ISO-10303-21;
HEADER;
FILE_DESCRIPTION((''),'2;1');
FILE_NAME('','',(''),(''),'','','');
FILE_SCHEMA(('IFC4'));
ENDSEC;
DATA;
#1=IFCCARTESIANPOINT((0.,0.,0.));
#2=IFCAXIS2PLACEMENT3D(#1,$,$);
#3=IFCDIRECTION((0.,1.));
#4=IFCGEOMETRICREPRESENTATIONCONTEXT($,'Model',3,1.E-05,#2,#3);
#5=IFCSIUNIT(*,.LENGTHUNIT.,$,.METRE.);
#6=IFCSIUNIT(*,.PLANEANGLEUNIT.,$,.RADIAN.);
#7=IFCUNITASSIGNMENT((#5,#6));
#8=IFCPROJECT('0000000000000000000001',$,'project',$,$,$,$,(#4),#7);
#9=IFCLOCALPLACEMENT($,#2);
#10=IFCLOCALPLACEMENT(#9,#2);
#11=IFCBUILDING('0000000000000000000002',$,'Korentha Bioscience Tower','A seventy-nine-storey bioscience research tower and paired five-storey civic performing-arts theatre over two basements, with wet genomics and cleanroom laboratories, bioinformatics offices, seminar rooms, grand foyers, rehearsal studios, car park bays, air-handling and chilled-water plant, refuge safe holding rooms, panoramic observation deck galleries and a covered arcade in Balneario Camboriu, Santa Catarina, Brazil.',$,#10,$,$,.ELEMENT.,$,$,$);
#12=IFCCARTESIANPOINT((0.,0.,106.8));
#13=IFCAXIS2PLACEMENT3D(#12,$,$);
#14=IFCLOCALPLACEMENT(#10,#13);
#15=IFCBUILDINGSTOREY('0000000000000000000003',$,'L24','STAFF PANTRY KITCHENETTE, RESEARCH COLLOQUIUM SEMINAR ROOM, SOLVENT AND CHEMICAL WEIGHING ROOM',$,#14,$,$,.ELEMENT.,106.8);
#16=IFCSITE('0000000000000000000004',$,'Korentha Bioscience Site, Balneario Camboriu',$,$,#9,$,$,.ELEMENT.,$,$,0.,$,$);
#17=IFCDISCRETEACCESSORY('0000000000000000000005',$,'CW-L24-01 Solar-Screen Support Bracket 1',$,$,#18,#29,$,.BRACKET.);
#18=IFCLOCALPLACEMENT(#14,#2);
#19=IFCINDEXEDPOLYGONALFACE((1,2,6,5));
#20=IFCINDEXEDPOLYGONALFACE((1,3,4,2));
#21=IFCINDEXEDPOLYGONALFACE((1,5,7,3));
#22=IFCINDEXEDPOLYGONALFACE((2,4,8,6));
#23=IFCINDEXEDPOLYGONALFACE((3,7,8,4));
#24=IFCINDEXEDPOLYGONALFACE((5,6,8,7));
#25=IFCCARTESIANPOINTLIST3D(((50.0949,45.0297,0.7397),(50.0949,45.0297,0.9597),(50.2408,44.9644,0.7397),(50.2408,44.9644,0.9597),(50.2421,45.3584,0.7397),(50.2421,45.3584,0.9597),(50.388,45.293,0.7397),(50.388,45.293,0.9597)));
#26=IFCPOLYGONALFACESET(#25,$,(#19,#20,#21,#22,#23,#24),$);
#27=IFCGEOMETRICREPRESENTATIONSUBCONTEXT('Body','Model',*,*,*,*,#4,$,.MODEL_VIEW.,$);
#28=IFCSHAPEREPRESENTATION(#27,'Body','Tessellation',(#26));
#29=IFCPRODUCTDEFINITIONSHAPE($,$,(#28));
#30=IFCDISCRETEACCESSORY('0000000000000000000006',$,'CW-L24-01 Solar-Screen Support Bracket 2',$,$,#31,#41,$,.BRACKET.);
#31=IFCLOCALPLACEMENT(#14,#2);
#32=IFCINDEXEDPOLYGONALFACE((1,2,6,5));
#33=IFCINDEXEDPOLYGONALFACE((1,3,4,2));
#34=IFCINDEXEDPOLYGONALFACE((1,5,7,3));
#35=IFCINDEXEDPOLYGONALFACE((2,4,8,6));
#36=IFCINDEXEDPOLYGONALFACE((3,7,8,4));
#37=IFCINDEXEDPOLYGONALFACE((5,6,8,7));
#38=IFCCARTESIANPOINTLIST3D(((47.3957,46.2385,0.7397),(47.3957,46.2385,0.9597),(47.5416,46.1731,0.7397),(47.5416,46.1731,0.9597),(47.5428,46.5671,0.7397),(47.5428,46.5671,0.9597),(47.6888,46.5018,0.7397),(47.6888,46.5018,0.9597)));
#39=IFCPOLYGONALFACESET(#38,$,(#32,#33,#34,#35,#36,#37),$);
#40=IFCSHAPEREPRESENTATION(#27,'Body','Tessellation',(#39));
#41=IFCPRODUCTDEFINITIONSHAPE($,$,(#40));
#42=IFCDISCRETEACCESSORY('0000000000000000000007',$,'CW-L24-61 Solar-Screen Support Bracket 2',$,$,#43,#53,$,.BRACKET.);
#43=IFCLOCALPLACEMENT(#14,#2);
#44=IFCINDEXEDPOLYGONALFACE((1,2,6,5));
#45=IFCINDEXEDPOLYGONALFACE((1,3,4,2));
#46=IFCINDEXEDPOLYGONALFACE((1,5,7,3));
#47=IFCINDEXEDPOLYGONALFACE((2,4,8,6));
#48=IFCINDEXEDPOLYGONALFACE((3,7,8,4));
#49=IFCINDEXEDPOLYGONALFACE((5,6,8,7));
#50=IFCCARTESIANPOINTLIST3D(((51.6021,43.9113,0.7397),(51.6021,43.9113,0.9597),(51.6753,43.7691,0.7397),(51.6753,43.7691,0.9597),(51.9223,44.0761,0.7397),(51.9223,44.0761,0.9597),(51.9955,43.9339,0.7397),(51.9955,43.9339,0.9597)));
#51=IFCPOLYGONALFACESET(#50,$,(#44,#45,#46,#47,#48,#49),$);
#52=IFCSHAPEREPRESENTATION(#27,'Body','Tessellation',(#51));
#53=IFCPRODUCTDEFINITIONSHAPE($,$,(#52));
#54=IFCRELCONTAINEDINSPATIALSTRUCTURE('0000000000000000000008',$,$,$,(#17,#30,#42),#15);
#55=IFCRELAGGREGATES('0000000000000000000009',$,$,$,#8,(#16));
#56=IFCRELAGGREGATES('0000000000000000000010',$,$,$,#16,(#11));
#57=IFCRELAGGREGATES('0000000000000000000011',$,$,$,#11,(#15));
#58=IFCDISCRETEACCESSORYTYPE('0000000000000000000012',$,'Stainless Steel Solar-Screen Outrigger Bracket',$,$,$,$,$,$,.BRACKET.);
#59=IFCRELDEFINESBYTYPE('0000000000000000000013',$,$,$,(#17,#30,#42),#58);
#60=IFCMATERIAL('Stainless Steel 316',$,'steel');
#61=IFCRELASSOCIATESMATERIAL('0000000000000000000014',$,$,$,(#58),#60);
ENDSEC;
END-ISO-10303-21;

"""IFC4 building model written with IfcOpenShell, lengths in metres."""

from ifc_helpers import new_model, si_unit, direction, frame, origin, origin_2d, place, context, subcontext, project, spatial, rectangle, extrude, material, type_object, element, save


model = new_model("IFC4")

# Units and contexts
model_context = context("Model", 3, precision=1e-05, world=origin(), true_north=direction((0.0, 1.0)))
body_context = subcontext(model_context, "Body", "Model", "MODEL_VIEW")
ifc_project = project(units=[si_unit("LENGTHUNIT", "METRE"), si_unit("PLANEANGLEUNIT", "RADIAN")], contexts=[model_context])

# Site, building, storey
site_placement = place(None, origin())
site = spatial("IfcSite", under=ifc_project, at=site_placement, Name="Korentha Bioscience Site, Balneario Camboriu", CompositionType="ELEMENT", RefElevation=0.0)
building_placement = place(site_placement, origin())
building = spatial("IfcBuilding", under=site, at=building_placement, Name="Korentha Bioscience Tower", Description="A seventy-nine-storey bioscience research tower and paired five-storey civic performing-arts theatre over two basements, with wet genomics and cleanroom laboratories, bioinformatics offices, seminar rooms, grand foyers, rehearsal studios, car park bays, air-handling and chilled-water plant, refuge safe holding rooms, panoramic observation deck galleries and a covered arcade in Balneario Camboriu, Santa Catarina, Brazil.", CompositionType="ELEMENT")
storey_placement = place(building_placement, frame((0.0, 0.0, 106.8)))
storey = spatial("IfcBuildingStorey", under=building, at=storey_placement, Name="L24", Description="STAFF PANTRY KITCHENETTE, RESEARCH COLLOQUIUM SEMINAR ROOM, SOLVENT AND CHEMICAL WEIGHING ROOM", CompositionType="ELEMENT", Elevation=106.8)

# Discrete accessories
ifc_material_1 = material(Name="Stainless Steel 316", Category="steel")
discrete_accessory_type = type_object("IfcDiscreteAccessoryType", Name="Stainless Steel Solar-Screen Outrigger Bracket", PredefinedType="BRACKET", material=ifc_material_1)
for number, where, z_axis, x_axis, name in (
    (1, (50.2415, 45.1614, 0.7397), (0.0, 0.0, 1.0), (-0.912687, 0.40866, 0.0), "CW-L24-01 Solar-Screen Support Bracket 1"),
    (2, (47.5422, 46.3701, 0.7397), (0.0, 0.0, 1.0), (-0.912687, 0.40866, 0.0), "CW-L24-01 Solar-Screen Support Bracket 2"),
    (3, (51.7988, 43.9226, 0.7397), (0.0, 0.0, 1.0), (-0.457613, 0.889151, 0.0), "CW-L24-61 Solar-Screen Support Bracket 2"),
):
    element("IfcDiscreteAccessory", number, at=place(storey_placement, frame(where, z_axis=z_axis, x_axis=x_axis)), inside=storey, type_object=discrete_accessory_type, Name=name, PredefinedType="BRACKET", context=body_context, shape_type="SweptSolid", body=[
        extrude(rectangle(XDim=0.1599, YDim=0.3601, at=origin_2d()), origin(), (0.0, 0.0, 1.0), 0.22),
    ])

save(model, "model.ifc")
